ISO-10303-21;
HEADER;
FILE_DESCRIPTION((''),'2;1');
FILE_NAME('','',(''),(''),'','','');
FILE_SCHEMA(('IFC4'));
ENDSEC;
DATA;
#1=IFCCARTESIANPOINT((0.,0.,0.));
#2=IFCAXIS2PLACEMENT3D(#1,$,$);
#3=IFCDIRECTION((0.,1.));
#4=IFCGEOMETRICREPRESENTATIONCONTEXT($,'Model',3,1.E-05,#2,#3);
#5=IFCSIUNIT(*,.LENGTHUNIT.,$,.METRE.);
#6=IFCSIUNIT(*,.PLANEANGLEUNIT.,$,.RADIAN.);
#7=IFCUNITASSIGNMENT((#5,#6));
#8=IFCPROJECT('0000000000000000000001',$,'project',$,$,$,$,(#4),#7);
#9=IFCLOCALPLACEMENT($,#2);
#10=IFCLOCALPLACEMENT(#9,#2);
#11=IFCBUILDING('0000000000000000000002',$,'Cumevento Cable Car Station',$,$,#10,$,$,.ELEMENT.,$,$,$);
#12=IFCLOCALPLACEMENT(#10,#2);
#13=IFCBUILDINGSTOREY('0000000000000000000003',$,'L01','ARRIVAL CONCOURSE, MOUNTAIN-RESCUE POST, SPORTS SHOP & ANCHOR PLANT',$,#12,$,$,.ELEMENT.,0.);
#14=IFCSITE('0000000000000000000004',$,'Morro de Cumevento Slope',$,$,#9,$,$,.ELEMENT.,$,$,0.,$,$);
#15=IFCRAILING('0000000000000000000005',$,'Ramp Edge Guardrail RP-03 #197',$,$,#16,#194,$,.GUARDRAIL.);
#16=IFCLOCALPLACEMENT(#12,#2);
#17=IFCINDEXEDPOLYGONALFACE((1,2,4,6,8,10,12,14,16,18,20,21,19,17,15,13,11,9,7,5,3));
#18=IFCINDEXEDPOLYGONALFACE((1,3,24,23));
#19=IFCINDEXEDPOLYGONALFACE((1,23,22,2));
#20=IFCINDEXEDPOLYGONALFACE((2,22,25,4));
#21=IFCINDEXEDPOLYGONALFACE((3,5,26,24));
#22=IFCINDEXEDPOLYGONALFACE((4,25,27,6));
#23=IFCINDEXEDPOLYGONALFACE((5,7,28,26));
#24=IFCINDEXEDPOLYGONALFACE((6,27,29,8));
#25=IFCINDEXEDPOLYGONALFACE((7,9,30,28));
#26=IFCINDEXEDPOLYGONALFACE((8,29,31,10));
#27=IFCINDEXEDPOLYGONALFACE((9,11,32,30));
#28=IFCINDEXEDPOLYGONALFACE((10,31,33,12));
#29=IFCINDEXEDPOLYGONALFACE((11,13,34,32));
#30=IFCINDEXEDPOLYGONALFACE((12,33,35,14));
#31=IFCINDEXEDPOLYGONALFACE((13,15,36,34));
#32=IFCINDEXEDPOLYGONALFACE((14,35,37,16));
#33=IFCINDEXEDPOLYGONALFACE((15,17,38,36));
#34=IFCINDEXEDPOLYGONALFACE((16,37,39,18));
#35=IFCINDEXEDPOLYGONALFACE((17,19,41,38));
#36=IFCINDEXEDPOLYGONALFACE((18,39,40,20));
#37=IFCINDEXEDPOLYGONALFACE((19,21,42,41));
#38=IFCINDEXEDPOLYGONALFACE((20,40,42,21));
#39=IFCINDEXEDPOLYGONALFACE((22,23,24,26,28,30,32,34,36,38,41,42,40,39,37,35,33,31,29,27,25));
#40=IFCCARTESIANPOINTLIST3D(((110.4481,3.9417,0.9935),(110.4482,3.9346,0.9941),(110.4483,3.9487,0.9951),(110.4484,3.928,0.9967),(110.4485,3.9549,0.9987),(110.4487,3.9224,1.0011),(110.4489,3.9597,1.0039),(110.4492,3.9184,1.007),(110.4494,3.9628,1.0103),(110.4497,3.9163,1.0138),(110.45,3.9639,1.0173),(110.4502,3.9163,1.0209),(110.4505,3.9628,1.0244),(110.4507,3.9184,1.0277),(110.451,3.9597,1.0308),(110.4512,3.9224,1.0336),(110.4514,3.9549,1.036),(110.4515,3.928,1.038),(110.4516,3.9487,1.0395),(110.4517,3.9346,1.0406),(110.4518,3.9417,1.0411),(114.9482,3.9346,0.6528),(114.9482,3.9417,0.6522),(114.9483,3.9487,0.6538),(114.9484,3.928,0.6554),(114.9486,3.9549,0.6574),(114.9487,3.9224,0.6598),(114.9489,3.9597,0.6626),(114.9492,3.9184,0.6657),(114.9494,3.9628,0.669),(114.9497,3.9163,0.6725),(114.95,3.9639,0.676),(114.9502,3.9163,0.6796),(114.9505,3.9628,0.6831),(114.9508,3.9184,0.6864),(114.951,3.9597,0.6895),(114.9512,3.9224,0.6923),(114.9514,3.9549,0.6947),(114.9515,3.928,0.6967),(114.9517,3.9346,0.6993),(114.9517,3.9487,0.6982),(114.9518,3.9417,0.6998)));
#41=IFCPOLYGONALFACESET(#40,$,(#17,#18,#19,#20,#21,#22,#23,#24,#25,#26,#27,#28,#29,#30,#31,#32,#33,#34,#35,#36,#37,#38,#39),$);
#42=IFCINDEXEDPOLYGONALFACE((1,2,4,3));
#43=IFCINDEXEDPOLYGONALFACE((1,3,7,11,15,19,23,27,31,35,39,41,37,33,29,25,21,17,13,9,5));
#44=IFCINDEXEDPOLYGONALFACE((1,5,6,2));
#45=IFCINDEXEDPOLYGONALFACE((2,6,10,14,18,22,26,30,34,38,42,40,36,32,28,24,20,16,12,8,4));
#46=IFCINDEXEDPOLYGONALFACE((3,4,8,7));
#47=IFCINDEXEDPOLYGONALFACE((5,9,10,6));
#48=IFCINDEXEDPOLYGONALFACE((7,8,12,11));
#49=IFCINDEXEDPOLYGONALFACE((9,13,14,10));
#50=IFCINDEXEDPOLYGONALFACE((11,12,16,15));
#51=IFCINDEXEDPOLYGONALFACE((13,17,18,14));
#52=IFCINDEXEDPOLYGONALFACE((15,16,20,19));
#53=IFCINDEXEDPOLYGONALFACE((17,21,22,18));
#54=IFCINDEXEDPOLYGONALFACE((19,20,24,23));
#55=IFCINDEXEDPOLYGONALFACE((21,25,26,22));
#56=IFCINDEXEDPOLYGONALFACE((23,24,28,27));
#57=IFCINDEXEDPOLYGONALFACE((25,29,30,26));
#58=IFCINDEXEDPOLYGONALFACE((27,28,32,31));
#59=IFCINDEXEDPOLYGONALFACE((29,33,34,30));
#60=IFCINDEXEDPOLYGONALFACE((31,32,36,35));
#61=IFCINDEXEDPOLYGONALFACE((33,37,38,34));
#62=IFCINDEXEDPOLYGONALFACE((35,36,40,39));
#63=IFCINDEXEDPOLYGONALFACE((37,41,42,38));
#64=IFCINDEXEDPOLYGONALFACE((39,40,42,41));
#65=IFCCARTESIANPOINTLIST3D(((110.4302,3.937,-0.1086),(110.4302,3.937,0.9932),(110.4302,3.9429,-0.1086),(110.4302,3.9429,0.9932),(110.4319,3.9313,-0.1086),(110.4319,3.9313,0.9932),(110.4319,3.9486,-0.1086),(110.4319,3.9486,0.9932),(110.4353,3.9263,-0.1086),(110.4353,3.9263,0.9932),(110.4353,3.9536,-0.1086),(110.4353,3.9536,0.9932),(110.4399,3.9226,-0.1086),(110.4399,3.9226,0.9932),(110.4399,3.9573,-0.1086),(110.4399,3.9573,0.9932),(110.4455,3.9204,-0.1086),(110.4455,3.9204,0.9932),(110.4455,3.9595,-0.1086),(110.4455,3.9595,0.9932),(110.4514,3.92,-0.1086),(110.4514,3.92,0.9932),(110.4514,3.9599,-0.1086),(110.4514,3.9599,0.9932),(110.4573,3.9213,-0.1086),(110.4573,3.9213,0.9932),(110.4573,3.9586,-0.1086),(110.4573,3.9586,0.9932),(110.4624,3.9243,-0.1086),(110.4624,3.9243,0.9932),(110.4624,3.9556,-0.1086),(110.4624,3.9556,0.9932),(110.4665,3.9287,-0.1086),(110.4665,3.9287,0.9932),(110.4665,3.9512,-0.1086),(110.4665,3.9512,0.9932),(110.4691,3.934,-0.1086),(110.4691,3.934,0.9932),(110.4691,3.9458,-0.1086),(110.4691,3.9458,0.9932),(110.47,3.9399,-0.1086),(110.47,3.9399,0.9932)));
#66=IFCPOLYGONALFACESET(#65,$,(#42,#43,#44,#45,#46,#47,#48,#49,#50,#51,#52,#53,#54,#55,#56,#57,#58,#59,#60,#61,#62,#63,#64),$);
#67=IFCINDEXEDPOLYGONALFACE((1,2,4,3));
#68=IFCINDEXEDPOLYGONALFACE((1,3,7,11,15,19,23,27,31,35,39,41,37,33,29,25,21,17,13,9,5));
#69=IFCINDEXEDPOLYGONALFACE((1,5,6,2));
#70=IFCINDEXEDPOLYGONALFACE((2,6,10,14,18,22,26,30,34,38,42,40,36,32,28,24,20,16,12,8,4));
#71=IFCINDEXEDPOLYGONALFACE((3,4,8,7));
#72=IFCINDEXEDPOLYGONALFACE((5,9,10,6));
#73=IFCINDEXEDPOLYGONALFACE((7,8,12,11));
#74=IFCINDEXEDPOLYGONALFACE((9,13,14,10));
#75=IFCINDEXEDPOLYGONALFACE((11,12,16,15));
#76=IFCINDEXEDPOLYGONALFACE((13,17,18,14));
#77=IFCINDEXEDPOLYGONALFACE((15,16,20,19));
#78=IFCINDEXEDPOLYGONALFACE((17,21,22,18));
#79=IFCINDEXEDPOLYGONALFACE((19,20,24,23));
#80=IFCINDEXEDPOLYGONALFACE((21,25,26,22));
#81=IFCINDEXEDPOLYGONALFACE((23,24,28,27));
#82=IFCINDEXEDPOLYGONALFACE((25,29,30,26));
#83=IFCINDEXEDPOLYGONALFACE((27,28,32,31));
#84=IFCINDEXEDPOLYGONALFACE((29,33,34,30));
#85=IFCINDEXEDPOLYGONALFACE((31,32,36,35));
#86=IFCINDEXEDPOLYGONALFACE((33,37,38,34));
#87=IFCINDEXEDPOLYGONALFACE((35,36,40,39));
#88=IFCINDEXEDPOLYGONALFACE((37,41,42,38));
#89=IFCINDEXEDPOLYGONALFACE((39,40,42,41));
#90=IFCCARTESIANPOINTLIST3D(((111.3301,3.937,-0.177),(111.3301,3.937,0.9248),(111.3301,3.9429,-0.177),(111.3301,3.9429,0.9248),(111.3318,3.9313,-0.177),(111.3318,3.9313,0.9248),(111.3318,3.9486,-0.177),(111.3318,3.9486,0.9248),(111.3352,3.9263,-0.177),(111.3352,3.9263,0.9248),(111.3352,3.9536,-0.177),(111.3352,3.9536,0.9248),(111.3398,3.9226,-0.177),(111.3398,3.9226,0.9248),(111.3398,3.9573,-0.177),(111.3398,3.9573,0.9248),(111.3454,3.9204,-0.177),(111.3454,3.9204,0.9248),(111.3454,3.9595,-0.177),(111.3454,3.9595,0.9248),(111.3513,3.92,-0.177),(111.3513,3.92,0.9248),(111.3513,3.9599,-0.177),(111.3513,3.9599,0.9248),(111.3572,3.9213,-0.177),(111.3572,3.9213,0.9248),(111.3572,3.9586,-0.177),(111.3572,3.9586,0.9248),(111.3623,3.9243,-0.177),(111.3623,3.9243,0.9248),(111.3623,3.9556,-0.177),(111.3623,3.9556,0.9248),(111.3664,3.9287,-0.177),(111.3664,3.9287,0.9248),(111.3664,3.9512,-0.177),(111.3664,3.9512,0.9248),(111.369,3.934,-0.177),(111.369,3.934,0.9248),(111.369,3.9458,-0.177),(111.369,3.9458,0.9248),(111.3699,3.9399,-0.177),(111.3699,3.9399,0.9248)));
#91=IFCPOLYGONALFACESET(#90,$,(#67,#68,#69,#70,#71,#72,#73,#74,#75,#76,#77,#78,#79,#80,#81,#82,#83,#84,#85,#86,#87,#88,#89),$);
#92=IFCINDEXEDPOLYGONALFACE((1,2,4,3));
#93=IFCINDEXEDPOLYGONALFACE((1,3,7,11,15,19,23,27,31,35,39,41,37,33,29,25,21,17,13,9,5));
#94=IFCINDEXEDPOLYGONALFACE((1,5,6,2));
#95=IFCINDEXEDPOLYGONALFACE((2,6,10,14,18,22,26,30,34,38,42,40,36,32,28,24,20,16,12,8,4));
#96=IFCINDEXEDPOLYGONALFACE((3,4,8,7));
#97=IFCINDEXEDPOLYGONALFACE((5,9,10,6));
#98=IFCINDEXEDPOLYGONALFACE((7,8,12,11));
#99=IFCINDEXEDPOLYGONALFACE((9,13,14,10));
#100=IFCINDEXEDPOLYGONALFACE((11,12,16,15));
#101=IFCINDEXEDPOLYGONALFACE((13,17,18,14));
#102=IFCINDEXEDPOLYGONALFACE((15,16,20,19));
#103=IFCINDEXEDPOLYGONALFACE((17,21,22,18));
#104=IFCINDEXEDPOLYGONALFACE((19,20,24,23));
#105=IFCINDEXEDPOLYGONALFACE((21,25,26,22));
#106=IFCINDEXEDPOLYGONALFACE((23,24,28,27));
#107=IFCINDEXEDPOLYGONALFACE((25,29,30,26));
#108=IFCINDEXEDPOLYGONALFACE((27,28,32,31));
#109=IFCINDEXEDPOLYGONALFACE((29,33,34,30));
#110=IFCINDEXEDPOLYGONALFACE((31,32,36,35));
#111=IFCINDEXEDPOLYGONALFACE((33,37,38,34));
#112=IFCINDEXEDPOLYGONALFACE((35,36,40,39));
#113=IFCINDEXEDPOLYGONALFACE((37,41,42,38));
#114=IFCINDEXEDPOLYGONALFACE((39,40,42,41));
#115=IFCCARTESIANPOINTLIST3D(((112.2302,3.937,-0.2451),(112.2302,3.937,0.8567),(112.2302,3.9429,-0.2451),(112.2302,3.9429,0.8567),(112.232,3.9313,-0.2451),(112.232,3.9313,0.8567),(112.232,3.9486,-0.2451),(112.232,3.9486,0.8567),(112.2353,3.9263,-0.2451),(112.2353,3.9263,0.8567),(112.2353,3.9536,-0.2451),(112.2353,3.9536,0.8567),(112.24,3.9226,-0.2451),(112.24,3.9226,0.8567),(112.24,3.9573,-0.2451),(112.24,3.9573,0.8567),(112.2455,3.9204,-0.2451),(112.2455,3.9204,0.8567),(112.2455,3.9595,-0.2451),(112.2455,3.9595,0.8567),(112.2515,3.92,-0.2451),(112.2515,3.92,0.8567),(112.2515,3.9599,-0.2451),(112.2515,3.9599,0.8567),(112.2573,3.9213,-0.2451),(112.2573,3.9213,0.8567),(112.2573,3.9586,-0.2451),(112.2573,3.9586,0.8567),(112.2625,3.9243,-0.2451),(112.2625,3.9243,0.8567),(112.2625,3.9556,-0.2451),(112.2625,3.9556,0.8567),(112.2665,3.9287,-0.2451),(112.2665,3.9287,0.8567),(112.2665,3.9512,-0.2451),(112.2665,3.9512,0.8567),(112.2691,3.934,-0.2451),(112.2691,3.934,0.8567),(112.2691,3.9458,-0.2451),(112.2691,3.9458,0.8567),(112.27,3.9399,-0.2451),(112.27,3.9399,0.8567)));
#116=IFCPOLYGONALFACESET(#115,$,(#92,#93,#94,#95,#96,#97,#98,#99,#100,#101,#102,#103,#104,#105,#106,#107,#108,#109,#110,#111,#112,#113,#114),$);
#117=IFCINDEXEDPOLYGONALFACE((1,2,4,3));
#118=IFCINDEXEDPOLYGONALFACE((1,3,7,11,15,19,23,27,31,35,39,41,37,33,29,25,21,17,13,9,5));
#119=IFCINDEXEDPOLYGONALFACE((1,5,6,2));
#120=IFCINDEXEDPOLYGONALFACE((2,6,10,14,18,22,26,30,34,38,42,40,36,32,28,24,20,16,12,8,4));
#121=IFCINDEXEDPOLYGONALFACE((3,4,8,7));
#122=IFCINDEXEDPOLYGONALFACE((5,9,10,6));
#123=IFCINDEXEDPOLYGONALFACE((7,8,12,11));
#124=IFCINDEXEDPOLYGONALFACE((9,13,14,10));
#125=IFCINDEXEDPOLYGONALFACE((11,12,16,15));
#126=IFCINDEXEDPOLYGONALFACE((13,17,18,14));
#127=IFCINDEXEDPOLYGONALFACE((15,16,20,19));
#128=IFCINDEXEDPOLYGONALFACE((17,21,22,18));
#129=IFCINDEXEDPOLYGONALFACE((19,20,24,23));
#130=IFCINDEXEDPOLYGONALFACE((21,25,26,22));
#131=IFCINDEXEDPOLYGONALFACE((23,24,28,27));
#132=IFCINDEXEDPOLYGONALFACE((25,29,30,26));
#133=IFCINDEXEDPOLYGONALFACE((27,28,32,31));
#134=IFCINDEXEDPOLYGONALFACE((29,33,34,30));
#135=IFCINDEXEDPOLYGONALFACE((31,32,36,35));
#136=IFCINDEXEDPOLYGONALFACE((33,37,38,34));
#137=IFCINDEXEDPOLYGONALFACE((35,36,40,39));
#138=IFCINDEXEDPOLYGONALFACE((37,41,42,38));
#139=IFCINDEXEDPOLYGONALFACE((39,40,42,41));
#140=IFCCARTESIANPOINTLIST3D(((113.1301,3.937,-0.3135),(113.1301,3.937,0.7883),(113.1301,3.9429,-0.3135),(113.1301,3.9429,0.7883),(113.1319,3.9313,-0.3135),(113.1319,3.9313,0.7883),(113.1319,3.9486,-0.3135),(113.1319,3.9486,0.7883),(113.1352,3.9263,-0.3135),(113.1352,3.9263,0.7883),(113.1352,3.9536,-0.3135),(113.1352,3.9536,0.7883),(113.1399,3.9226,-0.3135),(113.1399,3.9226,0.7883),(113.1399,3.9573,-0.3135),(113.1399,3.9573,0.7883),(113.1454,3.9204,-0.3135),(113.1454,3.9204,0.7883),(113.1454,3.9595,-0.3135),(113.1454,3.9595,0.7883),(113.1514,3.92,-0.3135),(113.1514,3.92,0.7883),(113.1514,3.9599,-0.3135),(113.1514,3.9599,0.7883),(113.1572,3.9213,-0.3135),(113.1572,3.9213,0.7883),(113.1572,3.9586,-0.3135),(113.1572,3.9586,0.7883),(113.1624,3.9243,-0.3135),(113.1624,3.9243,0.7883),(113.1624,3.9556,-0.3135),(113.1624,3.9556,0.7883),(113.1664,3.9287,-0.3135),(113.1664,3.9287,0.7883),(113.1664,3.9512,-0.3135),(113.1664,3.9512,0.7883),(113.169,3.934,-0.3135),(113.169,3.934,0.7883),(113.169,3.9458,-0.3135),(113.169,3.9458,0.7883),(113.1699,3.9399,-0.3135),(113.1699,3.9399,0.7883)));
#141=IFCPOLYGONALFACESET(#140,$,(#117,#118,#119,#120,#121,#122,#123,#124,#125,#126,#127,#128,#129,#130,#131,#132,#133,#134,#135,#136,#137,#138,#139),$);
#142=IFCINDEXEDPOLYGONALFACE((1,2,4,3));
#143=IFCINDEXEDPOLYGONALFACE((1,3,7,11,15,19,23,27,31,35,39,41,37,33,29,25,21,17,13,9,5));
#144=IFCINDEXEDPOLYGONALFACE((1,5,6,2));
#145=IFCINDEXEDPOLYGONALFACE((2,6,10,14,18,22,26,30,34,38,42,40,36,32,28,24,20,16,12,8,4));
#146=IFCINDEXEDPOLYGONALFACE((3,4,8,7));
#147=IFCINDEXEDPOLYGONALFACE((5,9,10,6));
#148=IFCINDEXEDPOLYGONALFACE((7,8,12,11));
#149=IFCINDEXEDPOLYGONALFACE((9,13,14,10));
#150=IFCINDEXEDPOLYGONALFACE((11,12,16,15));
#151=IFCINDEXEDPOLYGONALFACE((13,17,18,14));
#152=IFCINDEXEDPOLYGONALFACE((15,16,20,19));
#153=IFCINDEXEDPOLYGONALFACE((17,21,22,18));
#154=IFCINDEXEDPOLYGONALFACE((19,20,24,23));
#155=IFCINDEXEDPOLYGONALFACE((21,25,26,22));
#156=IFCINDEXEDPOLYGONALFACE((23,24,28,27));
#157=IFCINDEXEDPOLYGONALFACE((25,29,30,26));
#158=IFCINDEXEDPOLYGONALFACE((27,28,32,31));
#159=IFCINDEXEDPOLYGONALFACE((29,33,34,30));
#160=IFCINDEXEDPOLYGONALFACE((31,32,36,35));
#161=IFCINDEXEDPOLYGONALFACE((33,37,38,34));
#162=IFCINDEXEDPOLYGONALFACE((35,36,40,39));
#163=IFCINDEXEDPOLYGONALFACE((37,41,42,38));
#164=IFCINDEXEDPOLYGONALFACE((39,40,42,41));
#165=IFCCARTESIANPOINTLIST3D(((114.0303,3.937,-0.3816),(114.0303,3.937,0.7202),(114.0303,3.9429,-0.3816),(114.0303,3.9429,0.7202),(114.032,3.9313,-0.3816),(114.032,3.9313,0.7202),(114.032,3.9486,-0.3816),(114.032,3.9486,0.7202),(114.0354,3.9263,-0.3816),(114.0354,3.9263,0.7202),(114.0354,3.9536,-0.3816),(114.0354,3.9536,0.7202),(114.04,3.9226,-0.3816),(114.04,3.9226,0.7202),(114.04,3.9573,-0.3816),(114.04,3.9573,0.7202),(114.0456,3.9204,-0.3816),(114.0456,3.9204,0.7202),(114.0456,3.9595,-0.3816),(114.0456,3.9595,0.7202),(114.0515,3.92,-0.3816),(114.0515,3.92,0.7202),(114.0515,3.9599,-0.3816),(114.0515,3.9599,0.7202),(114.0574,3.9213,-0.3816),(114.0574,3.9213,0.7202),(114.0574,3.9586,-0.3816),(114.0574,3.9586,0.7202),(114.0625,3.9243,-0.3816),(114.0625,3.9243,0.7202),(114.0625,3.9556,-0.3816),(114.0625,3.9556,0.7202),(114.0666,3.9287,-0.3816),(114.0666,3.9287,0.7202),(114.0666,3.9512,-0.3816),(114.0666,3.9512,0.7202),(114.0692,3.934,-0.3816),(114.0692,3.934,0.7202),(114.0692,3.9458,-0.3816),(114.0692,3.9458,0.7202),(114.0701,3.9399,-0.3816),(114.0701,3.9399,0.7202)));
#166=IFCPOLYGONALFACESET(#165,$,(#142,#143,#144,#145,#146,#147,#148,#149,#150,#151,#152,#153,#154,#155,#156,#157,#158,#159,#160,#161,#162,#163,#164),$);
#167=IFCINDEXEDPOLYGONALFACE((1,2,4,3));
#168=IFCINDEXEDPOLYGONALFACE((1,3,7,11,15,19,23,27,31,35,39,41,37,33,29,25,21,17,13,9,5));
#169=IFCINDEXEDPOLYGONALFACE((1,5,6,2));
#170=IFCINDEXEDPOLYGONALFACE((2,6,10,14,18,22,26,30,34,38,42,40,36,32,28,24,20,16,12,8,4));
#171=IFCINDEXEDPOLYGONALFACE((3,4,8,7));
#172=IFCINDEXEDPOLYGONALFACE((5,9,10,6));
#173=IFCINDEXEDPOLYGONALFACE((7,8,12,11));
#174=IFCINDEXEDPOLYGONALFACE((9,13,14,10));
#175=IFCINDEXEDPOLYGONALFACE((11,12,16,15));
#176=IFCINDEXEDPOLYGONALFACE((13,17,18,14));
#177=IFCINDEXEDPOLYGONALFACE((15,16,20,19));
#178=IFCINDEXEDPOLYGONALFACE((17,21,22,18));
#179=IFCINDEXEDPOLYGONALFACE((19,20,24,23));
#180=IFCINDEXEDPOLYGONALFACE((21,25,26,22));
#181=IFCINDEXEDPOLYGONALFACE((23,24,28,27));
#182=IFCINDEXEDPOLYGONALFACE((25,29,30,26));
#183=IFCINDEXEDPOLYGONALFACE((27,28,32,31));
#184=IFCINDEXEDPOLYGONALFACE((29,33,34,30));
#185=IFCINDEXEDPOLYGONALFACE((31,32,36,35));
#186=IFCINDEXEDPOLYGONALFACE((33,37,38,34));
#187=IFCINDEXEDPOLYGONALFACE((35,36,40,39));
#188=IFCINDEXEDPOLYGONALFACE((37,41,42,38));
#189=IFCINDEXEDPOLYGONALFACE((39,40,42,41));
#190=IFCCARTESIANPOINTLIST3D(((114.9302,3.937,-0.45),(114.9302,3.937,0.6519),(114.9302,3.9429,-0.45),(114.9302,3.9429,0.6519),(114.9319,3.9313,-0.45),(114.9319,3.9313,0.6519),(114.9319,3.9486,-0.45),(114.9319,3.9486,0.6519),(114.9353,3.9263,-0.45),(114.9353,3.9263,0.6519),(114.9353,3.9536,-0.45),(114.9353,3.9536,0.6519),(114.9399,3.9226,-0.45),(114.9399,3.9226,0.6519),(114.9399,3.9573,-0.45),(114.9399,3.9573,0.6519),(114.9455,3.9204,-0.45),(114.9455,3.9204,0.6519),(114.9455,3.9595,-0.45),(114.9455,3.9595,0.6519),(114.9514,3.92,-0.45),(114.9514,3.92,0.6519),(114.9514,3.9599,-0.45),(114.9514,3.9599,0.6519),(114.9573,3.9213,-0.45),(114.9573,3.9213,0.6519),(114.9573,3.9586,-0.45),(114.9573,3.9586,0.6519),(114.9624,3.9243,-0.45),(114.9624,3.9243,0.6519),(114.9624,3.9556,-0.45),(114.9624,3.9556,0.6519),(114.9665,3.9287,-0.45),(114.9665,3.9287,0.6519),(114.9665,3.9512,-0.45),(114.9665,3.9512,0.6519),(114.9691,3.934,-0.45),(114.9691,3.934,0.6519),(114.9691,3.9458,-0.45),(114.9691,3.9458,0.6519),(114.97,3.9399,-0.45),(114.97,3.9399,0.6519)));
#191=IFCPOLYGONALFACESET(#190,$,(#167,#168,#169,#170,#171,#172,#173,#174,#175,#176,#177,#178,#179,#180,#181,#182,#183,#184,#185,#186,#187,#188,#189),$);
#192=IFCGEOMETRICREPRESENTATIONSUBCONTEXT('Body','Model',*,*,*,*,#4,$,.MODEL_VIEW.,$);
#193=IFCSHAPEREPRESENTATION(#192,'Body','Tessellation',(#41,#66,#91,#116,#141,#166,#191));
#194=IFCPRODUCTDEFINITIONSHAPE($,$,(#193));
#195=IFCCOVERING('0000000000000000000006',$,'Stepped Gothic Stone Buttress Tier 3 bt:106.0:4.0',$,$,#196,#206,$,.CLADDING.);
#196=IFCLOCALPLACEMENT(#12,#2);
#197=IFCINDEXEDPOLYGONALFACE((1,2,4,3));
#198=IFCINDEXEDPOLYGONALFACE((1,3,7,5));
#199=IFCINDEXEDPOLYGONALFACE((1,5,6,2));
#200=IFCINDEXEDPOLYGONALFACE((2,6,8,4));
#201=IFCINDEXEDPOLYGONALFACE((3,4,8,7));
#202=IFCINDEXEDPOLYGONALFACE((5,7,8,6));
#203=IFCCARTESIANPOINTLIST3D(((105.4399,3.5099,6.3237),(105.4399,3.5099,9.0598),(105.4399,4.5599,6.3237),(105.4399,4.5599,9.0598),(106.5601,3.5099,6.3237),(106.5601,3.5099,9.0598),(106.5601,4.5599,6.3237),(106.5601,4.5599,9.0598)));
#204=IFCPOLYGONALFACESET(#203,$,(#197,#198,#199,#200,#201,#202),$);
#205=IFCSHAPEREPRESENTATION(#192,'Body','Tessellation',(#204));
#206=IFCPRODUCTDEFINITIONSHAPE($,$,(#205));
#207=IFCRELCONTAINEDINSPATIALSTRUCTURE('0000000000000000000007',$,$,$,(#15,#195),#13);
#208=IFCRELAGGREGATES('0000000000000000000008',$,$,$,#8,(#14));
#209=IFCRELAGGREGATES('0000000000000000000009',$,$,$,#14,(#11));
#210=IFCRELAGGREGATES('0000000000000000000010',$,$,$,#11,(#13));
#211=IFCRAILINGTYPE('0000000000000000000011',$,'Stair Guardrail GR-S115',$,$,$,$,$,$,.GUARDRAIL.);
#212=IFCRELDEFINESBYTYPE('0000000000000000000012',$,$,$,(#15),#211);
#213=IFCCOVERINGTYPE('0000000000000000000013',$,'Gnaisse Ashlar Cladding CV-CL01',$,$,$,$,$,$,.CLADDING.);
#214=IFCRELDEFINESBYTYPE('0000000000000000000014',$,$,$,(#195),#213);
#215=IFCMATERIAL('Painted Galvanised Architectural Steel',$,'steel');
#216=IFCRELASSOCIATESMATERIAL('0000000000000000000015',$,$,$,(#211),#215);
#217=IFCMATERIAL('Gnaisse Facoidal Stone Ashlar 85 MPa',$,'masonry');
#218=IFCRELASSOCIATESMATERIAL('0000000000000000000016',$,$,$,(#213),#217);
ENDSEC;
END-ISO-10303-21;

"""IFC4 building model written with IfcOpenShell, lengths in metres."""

from ifc_helpers import new_model, si_unit, direction, frame, origin, origin_2d, place, context, subcontext, project, spatial, rectangle, circle, extrude, material, type_object, element, save


model = new_model("IFC4")

# Units and contexts
model_context = context("Model", 3, precision=1e-05, world=origin(), true_north=direction((0.0, 1.0)))
body_context = subcontext(model_context, "Body", "Model", "MODEL_VIEW")
ifc_project = project(units=[si_unit("LENGTHUNIT", "METRE"), si_unit("PLANEANGLEUNIT", "RADIAN")], contexts=[model_context])

# Site, building, storey
site_placement = place(None, origin())
site = spatial("IfcSite", under=ifc_project, at=site_placement, Name="Morro de Cumevento Slope", CompositionType="ELEMENT", RefElevation=0.0)
building_placement = place(site_placement, origin())
building = spatial("IfcBuilding", under=site, at=building_placement, Name="Cumevento Cable Car Station", CompositionType="ELEMENT")
storey_placement = place(building_placement, origin())
storey = spatial("IfcBuildingStorey", under=building, at=storey_placement, Name="L01", Description="ARRIVAL CONCOURSE, MOUNTAIN-RESCUE POST, SPORTS SHOP & ANCHOR PLANT", CompositionType="ELEMENT", Elevation=0.0)

# Railing
ifc_material_1 = material(Name="Painted Galvanised Architectural Steel", Category="steel")
railing_type = type_object("IfcRailingType", Name="Stair Guardrail GR-S115", PredefinedType="GUARDRAIL", material=ifc_material_1)
railing_1_placement = place(storey_placement, frame((110.45, 3.9399, -0.1086)))
element("IfcRailing", 1, at=railing_1_placement, inside=storey, type_object=railing_type, Name="Ramp Edge Guardrail RP-03 #197", PredefinedType="GUARDRAIL", context=body_context, shape_type="SweptSolid", body=[
    extrude(circle(Radius=0.0239, at=origin_2d()), frame((0.0, 0.0, 1.126), z_axis=(0.997136, 0.0, -0.075629), x_axis=(0.0, 1.0, 0.0)), (0.0, 0.0, 1.0), 4.5129),
    extrude(circle(Radius=0.02, at=origin_2d()), origin(), (0.0, 0.0, 1.0), 1.1018),
    extrude(circle(Radius=0.02, at=origin_2d()), frame((0.8999, 0.0, -0.0684)), (0.0, 0.0, 1.0), 1.1018),
    extrude(circle(Radius=0.02, at=origin_2d()), frame((1.8, 0.0, -0.1365)), (0.0, 0.0, 1.0), 1.1018),
    extrude(circle(Radius=0.02, at=origin_2d()), frame((2.7, 0.0, -0.2048)), (0.0, 0.0, 1.0), 1.1018),
    extrude(circle(Radius=0.02, at=origin_2d()), frame((3.6001, 0.0, -0.2729)), (0.0, 0.0, 1.0), 1.1018),
    extrude(circle(Radius=0.02, at=origin_2d()), frame((4.5, 0.0, -0.3413)), (0.0, 0.0, 1.0), 1.1018),
])

# Covering
ifc_material_2 = material(Name="Gnaisse Facoidal Stone Ashlar 85 MPa", Category="masonry")
covering_type = type_object("IfcCoveringType", Name="Gnaisse Ashlar Cladding CV-CL01", PredefinedType="CLADDING", material=ifc_material_2)
covering_1_placement = place(storey_placement, frame((106.0, 4.0349, 6.3237), z_axis=(0.0, 0.0, 1.0), x_axis=(1.0, 0.0, 0.0)))
element("IfcCovering", 2, at=covering_1_placement, inside=storey, type_object=covering_type, Name="Stepped Gothic Stone Buttress Tier 3 bt:106.0:4.0", PredefinedType="CLADDING", context=body_context, shape_type="SweptSolid", body=[
    extrude(rectangle(XDim=1.1201, YDim=1.05, at=origin_2d()), origin(), (0.0, 0.0, 1.0), 2.7361),
])

save(model, "model.ifc")
